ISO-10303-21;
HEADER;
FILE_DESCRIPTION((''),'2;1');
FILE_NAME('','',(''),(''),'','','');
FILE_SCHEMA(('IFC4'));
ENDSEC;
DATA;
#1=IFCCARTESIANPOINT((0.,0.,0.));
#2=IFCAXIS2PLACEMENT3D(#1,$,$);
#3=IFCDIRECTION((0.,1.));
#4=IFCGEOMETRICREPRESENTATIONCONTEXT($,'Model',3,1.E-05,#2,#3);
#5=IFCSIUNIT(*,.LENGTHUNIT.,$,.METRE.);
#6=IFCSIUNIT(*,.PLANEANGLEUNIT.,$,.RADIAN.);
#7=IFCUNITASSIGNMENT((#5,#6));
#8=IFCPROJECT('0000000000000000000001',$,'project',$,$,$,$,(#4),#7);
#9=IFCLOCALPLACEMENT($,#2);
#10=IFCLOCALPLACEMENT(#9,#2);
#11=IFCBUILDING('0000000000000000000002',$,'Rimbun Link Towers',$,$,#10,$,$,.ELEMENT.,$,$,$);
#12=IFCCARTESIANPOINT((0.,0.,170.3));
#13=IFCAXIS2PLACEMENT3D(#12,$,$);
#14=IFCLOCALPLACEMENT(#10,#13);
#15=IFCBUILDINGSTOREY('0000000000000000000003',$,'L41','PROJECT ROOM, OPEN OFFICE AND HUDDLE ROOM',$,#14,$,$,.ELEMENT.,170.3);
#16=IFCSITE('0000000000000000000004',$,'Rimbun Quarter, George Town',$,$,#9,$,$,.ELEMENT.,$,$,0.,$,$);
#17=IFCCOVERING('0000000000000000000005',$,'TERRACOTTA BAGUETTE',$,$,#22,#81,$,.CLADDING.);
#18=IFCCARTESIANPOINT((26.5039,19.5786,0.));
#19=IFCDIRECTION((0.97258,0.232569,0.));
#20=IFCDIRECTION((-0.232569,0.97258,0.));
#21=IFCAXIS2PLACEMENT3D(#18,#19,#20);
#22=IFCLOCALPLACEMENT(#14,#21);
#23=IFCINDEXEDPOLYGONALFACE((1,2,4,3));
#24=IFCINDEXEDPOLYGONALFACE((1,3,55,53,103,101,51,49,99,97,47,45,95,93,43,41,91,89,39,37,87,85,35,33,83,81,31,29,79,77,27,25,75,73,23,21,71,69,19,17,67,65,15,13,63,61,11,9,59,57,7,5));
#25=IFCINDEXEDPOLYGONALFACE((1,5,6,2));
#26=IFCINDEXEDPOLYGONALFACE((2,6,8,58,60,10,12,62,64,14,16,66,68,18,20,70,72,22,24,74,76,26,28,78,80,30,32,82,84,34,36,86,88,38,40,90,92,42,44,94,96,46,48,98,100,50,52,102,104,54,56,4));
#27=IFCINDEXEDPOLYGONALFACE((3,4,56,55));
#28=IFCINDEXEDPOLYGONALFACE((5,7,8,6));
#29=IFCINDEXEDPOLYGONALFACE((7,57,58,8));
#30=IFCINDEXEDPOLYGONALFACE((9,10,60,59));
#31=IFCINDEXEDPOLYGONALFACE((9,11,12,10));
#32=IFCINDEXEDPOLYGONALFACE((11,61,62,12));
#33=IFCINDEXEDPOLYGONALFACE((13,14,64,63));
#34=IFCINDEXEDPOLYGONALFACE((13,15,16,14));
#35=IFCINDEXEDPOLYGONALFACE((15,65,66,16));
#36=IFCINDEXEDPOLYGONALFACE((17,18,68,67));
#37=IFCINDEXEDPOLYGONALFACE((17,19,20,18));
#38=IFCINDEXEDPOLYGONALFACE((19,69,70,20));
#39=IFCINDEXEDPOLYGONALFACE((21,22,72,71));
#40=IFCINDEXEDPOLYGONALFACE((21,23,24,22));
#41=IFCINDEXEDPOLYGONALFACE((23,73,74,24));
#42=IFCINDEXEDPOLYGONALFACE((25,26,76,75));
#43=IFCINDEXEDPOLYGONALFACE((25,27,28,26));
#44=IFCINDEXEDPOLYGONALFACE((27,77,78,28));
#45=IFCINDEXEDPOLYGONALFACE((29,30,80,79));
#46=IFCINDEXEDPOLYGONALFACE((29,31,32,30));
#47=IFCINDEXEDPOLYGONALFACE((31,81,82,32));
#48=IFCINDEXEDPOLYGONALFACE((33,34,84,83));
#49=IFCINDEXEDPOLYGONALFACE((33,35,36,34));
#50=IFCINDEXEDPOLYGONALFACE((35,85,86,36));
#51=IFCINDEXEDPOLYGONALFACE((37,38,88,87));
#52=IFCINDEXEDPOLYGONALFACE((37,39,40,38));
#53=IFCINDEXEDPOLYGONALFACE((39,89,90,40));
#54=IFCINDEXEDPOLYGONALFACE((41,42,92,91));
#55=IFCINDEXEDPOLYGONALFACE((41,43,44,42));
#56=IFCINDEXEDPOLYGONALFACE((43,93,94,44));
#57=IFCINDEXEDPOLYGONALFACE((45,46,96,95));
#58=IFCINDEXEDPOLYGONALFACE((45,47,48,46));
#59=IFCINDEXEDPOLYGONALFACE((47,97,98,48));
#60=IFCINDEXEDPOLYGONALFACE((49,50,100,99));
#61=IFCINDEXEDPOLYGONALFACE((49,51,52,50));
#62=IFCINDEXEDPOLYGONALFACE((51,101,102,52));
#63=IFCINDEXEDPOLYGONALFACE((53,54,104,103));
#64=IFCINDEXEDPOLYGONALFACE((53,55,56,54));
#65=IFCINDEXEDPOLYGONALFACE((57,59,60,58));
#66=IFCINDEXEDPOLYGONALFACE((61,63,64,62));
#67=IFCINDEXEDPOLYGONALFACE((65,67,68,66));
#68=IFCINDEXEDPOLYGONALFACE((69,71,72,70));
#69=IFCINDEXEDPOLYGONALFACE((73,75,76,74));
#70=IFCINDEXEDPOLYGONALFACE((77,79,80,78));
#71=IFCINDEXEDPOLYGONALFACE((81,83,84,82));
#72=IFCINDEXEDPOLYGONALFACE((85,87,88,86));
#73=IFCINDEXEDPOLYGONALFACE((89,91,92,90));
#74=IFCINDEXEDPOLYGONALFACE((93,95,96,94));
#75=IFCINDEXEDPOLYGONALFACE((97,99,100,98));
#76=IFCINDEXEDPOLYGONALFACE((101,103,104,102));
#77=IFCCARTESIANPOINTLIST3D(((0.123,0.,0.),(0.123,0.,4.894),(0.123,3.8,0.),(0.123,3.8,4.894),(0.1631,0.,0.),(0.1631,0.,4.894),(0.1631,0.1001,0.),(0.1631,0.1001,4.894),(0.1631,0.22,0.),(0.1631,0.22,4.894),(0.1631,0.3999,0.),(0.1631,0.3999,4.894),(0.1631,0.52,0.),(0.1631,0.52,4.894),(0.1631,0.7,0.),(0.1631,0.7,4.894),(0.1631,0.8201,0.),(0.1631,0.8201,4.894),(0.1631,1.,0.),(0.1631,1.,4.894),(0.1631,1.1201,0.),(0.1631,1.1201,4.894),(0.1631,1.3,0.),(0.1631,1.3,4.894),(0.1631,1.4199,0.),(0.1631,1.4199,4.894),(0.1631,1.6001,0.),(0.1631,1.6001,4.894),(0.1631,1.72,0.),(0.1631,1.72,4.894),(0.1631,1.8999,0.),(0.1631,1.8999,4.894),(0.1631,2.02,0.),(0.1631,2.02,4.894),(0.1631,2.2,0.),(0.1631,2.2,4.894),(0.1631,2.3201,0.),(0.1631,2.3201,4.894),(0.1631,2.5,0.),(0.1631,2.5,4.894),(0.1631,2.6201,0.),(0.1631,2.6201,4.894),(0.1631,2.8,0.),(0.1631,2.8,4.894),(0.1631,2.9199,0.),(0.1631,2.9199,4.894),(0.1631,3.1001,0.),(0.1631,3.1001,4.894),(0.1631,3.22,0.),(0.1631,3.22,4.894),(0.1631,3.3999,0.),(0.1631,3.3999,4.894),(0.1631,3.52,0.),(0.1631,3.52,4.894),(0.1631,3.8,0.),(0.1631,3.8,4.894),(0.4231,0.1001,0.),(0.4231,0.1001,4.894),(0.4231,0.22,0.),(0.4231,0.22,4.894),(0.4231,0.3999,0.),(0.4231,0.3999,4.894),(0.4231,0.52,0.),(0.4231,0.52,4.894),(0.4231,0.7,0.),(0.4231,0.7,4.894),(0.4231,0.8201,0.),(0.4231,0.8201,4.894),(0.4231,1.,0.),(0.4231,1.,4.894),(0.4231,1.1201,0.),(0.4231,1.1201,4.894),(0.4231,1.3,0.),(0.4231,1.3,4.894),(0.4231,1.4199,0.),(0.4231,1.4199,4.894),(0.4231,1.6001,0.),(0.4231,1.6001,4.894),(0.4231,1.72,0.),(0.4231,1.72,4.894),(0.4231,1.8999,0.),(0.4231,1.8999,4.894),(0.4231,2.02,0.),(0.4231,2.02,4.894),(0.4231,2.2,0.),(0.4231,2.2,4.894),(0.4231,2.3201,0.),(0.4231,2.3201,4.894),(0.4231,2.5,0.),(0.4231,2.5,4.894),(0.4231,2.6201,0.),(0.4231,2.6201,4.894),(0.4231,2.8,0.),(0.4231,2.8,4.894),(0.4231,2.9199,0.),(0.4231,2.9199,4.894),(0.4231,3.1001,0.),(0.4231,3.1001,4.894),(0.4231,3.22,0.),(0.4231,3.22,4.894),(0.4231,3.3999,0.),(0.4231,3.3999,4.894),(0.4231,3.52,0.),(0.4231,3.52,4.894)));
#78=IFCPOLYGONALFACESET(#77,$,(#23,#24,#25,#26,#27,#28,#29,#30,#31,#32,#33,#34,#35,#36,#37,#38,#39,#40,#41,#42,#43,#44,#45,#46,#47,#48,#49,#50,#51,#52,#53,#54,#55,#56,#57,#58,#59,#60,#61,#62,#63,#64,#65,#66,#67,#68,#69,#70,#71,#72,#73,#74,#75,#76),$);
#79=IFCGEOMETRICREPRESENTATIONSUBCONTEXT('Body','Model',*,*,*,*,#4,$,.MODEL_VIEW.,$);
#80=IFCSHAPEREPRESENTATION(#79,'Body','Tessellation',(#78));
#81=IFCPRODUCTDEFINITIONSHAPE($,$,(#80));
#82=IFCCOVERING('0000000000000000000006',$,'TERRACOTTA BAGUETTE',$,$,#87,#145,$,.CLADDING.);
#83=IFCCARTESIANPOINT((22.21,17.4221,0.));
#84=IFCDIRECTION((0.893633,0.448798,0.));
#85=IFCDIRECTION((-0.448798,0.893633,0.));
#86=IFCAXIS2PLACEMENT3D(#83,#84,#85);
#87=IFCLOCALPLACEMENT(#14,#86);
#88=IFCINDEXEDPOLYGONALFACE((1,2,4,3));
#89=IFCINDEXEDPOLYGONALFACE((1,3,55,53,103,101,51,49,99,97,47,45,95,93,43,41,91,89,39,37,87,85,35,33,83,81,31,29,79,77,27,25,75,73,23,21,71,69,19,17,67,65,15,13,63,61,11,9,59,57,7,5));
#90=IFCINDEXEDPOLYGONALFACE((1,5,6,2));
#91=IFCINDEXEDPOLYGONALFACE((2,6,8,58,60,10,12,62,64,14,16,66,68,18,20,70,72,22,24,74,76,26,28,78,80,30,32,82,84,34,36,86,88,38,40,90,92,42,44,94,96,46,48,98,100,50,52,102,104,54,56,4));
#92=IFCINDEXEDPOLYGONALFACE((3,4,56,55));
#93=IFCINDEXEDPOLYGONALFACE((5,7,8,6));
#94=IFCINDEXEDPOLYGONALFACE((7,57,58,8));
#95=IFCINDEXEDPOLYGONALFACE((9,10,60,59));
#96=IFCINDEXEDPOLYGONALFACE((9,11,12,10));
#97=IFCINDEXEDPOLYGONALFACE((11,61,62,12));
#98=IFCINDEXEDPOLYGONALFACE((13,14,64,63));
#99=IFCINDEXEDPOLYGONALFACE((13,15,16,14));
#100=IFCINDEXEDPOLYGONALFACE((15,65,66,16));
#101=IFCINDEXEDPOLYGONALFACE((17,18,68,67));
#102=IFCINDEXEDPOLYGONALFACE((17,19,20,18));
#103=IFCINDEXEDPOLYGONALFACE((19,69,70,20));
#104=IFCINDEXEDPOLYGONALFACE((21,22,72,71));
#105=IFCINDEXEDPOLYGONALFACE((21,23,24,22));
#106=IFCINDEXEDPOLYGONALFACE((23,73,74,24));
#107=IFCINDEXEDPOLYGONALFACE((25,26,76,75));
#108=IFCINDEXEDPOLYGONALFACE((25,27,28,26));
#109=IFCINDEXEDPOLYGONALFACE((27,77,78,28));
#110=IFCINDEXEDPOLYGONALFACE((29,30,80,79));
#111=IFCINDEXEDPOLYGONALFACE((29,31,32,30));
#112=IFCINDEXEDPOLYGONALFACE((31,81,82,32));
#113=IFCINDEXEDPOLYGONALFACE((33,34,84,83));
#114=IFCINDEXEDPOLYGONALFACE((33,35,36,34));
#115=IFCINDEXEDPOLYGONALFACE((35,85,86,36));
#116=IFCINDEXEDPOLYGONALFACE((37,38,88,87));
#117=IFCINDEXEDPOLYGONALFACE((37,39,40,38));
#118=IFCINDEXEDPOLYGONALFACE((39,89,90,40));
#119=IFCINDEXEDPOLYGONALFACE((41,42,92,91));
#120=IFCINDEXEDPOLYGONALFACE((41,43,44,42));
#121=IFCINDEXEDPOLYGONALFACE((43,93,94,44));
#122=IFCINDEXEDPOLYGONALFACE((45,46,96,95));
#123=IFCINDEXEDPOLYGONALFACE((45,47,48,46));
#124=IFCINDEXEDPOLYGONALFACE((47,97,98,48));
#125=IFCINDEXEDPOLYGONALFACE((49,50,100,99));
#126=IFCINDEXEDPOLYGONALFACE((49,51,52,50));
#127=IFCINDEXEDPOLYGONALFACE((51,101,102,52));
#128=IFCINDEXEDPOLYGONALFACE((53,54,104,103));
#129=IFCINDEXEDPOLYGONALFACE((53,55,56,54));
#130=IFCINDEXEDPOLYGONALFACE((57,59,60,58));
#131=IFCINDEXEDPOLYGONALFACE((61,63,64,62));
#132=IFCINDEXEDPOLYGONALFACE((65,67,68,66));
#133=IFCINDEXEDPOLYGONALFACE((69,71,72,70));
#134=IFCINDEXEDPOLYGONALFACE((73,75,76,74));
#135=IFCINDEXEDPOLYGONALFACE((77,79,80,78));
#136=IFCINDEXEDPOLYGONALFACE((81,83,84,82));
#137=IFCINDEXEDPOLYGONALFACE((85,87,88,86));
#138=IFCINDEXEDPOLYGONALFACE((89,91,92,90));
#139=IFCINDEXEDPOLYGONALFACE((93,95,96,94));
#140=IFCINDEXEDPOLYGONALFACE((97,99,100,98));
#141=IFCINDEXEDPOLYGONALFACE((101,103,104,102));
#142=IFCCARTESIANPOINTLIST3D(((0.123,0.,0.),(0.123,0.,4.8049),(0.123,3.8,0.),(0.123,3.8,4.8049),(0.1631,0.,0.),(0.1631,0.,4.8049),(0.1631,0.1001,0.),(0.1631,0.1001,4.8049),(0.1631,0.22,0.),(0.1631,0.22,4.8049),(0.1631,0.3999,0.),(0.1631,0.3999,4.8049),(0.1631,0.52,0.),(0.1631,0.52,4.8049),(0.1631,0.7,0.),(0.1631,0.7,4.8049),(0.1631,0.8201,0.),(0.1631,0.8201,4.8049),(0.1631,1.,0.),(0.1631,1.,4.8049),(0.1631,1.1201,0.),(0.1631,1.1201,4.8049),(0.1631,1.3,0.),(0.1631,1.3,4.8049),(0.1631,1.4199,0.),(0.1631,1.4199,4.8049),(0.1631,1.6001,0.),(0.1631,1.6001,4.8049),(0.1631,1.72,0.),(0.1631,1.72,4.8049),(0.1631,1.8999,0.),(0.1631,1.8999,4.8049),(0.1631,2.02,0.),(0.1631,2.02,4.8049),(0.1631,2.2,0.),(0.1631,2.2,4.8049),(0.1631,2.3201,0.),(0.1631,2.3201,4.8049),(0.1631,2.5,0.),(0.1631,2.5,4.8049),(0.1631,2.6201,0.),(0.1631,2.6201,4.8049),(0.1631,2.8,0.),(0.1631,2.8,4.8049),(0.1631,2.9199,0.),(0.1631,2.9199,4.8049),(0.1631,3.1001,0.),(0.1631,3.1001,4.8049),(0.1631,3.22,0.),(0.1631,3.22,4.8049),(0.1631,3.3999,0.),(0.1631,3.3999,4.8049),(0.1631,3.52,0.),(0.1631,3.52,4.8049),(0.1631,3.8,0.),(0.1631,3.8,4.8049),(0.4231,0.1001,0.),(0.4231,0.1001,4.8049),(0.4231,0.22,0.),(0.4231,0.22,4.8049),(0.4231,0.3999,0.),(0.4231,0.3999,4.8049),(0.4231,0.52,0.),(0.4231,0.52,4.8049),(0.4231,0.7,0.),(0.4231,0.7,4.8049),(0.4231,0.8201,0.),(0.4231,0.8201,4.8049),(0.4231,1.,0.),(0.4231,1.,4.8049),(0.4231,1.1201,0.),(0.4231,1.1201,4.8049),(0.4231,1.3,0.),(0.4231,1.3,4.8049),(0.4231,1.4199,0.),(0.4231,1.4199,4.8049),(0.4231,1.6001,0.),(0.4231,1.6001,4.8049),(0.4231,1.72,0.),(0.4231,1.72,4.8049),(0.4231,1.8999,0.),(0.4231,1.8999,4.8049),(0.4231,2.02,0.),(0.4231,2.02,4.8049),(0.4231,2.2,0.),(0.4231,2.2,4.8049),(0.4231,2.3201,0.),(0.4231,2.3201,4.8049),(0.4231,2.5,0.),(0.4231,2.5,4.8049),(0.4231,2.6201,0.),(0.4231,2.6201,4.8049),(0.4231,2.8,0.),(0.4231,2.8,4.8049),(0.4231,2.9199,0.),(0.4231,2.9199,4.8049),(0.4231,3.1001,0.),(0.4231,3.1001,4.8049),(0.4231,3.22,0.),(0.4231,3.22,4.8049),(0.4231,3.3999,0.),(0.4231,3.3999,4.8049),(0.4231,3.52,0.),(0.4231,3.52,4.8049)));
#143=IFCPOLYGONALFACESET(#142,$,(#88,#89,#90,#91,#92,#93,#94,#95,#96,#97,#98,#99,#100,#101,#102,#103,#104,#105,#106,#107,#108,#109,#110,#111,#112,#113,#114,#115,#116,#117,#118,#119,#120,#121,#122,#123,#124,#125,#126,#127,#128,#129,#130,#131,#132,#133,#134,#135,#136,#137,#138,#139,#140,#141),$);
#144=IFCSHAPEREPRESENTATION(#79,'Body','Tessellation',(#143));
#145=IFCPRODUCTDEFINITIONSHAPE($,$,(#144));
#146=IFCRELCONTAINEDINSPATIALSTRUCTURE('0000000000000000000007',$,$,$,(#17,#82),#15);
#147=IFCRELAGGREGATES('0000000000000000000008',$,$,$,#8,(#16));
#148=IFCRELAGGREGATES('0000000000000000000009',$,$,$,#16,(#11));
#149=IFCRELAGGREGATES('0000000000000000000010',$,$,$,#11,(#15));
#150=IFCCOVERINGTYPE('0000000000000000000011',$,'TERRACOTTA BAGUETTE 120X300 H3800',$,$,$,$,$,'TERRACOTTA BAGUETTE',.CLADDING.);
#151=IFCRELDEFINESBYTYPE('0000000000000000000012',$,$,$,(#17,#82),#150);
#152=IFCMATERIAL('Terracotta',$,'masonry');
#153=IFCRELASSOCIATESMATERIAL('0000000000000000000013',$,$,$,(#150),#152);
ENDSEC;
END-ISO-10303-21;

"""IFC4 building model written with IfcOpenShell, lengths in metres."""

from ifc_helpers import new_model, si_unit, direction, frame, origin, place, context, subcontext, project, spatial, polyline, outline, extrude, material, material_profile, profile_set, type_object, element, save


model = new_model("IFC4")

# Units and contexts
model_context = context("Model", 3, precision=1e-05, world=origin(), true_north=direction((0.0, 1.0)))
body_context = subcontext(model_context, "Body", "Model", "MODEL_VIEW")
ifc_project = project(units=[si_unit("LENGTHUNIT", "METRE"), si_unit("PLANEANGLEUNIT", "RADIAN")], contexts=[model_context])

# Site, building, storey
site_placement = place(None, origin())
site = spatial("IfcSite", under=ifc_project, at=site_placement, Name="Rimbun Quarter, George Town", CompositionType="ELEMENT", RefElevation=0.0)
building_placement = place(site_placement, origin())
building = spatial("IfcBuilding", under=site, at=building_placement, Name="Rimbun Link Towers", CompositionType="ELEMENT")
storey_placement = place(building_placement, frame((0.0, 0.0, 170.3)))
storey = spatial("IfcBuildingStorey", under=building, at=storey_placement, Name="L41", Description="PROJECT ROOM, OPEN OFFICE AND HUDDLE ROOM", CompositionType="ELEMENT", Elevation=170.3)

# Coverings
ifc_material_1 = material(Name="Terracotta", Category="masonry")
ifc_material_profile_1 = material_profile(ifc_material_1, outline(polyline([(0.123, 0.0), (0.1631, 0.0), (0.1631, 0.1001), (0.4231, 0.1001), (0.4231, 0.22), (0.1631, 0.22), (0.1631, 0.3999), (0.4231, 0.3999), (0.4231, 0.52), (0.1631, 0.52), (0.1631, 0.7), (0.4231, 0.7), (0.4231, 0.8201), (0.1631, 0.8201), (0.1631, 1.0), (0.4231, 1.0), (0.4231, 1.1201), (0.1631, 1.1201), (0.1631, 1.3), (0.4231, 1.3), (0.4231, 1.4199), (0.1631, 1.4199), (0.1631, 1.6001), (0.4231, 1.6001), (0.4231, 1.72), (0.1631, 1.72), (0.1631, 1.8999), (0.4231, 1.8999), (0.4231, 2.02), (0.1631, 2.02), (0.1631, 2.2), (0.4231, 2.2), (0.4231, 2.3201), (0.1631, 2.3201), (0.1631, 2.5), (0.4231, 2.5), (0.4231, 2.6201), (0.1631, 2.6201), (0.1631, 2.8), (0.4231, 2.8), (0.4231, 2.9199), (0.1631, 2.9199), (0.1631, 3.1001), (0.4231, 3.1001), (0.4231, 3.22), (0.1631, 3.22), (0.1631, 3.3999), (0.4231, 3.3999), (0.4231, 3.52), (0.1631, 3.52), (0.1631, 3.8), (0.123, 3.8), (0.123, 0.0)])), Name="BAGUETTE 120X300")
ifc_profile_set_1 = profile_set([ifc_material_profile_1], Name="Terracotta")
covering_type = type_object("IfcCoveringType", Name="TERRACOTTA BAGUETTE 120X300 H3800", ElementType="TERRACOTTA BAGUETTE", PredefinedType="CLADDING", material=ifc_profile_set_1)
covering_1_placement = place(storey_placement, frame((26.5039, 19.5786, 0.0), z_axis=(0.97258, 0.232569, 0.0), x_axis=(-0.232569, 0.97258, 0.0)))
element("IfcCovering", 1, at=covering_1_placement, inside=storey, type_object=covering_type, Name="TERRACOTTA BAGUETTE", PredefinedType="CLADDING", context=body_context, shape_type="SweptSolid", body=[
    extrude(outline(polyline([(0.123, 0.0), (0.1631, 0.0), (0.1631, 0.1001), (0.4231, 0.1001), (0.4231, 0.22), (0.1631, 0.22), (0.1631, 0.3999), (0.4231, 0.3999), (0.4231, 0.52), (0.1631, 0.52), (0.1631, 0.7), (0.4231, 0.7), (0.4231, 0.8201), (0.1631, 0.8201), (0.1631, 1.0), (0.4231, 1.0), (0.4231, 1.1201), (0.1631, 1.1201), (0.1631, 1.3), (0.4231, 1.3), (0.4231, 1.4199), (0.1631, 1.4199), (0.1631, 1.6001), (0.4231, 1.6001), (0.4231, 1.72), (0.1631, 1.72), (0.1631, 1.8999), (0.4231, 1.8999), (0.4231, 2.02), (0.1631, 2.02), (0.1631, 2.2), (0.4231, 2.2), (0.4231, 2.3201), (0.1631, 2.3201), (0.1631, 2.5), (0.4231, 2.5), (0.4231, 2.6201), (0.1631, 2.6201), (0.1631, 2.8), (0.4231, 2.8), (0.4231, 2.9199), (0.1631, 2.9199), (0.1631, 3.1001), (0.4231, 3.1001), (0.4231, 3.22), (0.1631, 3.22), (0.1631, 3.3999), (0.4231, 3.3999), (0.4231, 3.52), (0.1631, 3.52), (0.1631, 3.8), (0.123, 3.8), (0.123, 0.0)])), origin(), (0.0, 0.0, 1.0), 4.894),
])
covering_2_placement = place(storey_placement, frame((22.21, 17.4221, 0.0), z_axis=(0.893633, 0.448798, 0.0), x_axis=(-0.448798, 0.893633, 0.0)))
element("IfcCovering", 2, at=covering_2_placement, inside=storey, type_object=covering_type, Name="TERRACOTTA BAGUETTE", PredefinedType="CLADDING", context=body_context, shape_type="SweptSolid", body=[
    extrude(outline(polyline([(0.123, 0.0), (0.1631, 0.0), (0.1631, 0.1001), (0.4231, 0.1001), (0.4231, 0.22), (0.1631, 0.22), (0.1631, 0.3999), (0.4231, 0.3999), (0.4231, 0.52), (0.1631, 0.52), (0.1631, 0.7), (0.4231, 0.7), (0.4231, 0.8201), (0.1631, 0.8201), (0.1631, 1.0), (0.4231, 1.0), (0.4231, 1.1201), (0.1631, 1.1201), (0.1631, 1.3), (0.4231, 1.3), (0.4231, 1.4199), (0.1631, 1.4199), (0.1631, 1.6001), (0.4231, 1.6001), (0.4231, 1.72), (0.1631, 1.72), (0.1631, 1.8999), (0.4231, 1.8999), (0.4231, 2.02), (0.1631, 2.02), (0.1631, 2.2), (0.4231, 2.2), (0.4231, 2.3201), (0.1631, 2.3201), (0.1631, 2.5), (0.4231, 2.5), (0.4231, 2.6201), (0.1631, 2.6201), (0.1631, 2.8), (0.4231, 2.8), (0.4231, 2.9199), (0.1631, 2.9199), (0.1631, 3.1001), (0.4231, 3.1001), (0.4231, 3.22), (0.1631, 3.22), (0.1631, 3.3999), (0.4231, 3.3999), (0.4231, 3.52), (0.1631, 3.52), (0.1631, 3.8), (0.123, 3.8), (0.123, 0.0)])), origin(), (0.0, 0.0, 1.0), 4.8049),
])

save(model, "model.ifc")
